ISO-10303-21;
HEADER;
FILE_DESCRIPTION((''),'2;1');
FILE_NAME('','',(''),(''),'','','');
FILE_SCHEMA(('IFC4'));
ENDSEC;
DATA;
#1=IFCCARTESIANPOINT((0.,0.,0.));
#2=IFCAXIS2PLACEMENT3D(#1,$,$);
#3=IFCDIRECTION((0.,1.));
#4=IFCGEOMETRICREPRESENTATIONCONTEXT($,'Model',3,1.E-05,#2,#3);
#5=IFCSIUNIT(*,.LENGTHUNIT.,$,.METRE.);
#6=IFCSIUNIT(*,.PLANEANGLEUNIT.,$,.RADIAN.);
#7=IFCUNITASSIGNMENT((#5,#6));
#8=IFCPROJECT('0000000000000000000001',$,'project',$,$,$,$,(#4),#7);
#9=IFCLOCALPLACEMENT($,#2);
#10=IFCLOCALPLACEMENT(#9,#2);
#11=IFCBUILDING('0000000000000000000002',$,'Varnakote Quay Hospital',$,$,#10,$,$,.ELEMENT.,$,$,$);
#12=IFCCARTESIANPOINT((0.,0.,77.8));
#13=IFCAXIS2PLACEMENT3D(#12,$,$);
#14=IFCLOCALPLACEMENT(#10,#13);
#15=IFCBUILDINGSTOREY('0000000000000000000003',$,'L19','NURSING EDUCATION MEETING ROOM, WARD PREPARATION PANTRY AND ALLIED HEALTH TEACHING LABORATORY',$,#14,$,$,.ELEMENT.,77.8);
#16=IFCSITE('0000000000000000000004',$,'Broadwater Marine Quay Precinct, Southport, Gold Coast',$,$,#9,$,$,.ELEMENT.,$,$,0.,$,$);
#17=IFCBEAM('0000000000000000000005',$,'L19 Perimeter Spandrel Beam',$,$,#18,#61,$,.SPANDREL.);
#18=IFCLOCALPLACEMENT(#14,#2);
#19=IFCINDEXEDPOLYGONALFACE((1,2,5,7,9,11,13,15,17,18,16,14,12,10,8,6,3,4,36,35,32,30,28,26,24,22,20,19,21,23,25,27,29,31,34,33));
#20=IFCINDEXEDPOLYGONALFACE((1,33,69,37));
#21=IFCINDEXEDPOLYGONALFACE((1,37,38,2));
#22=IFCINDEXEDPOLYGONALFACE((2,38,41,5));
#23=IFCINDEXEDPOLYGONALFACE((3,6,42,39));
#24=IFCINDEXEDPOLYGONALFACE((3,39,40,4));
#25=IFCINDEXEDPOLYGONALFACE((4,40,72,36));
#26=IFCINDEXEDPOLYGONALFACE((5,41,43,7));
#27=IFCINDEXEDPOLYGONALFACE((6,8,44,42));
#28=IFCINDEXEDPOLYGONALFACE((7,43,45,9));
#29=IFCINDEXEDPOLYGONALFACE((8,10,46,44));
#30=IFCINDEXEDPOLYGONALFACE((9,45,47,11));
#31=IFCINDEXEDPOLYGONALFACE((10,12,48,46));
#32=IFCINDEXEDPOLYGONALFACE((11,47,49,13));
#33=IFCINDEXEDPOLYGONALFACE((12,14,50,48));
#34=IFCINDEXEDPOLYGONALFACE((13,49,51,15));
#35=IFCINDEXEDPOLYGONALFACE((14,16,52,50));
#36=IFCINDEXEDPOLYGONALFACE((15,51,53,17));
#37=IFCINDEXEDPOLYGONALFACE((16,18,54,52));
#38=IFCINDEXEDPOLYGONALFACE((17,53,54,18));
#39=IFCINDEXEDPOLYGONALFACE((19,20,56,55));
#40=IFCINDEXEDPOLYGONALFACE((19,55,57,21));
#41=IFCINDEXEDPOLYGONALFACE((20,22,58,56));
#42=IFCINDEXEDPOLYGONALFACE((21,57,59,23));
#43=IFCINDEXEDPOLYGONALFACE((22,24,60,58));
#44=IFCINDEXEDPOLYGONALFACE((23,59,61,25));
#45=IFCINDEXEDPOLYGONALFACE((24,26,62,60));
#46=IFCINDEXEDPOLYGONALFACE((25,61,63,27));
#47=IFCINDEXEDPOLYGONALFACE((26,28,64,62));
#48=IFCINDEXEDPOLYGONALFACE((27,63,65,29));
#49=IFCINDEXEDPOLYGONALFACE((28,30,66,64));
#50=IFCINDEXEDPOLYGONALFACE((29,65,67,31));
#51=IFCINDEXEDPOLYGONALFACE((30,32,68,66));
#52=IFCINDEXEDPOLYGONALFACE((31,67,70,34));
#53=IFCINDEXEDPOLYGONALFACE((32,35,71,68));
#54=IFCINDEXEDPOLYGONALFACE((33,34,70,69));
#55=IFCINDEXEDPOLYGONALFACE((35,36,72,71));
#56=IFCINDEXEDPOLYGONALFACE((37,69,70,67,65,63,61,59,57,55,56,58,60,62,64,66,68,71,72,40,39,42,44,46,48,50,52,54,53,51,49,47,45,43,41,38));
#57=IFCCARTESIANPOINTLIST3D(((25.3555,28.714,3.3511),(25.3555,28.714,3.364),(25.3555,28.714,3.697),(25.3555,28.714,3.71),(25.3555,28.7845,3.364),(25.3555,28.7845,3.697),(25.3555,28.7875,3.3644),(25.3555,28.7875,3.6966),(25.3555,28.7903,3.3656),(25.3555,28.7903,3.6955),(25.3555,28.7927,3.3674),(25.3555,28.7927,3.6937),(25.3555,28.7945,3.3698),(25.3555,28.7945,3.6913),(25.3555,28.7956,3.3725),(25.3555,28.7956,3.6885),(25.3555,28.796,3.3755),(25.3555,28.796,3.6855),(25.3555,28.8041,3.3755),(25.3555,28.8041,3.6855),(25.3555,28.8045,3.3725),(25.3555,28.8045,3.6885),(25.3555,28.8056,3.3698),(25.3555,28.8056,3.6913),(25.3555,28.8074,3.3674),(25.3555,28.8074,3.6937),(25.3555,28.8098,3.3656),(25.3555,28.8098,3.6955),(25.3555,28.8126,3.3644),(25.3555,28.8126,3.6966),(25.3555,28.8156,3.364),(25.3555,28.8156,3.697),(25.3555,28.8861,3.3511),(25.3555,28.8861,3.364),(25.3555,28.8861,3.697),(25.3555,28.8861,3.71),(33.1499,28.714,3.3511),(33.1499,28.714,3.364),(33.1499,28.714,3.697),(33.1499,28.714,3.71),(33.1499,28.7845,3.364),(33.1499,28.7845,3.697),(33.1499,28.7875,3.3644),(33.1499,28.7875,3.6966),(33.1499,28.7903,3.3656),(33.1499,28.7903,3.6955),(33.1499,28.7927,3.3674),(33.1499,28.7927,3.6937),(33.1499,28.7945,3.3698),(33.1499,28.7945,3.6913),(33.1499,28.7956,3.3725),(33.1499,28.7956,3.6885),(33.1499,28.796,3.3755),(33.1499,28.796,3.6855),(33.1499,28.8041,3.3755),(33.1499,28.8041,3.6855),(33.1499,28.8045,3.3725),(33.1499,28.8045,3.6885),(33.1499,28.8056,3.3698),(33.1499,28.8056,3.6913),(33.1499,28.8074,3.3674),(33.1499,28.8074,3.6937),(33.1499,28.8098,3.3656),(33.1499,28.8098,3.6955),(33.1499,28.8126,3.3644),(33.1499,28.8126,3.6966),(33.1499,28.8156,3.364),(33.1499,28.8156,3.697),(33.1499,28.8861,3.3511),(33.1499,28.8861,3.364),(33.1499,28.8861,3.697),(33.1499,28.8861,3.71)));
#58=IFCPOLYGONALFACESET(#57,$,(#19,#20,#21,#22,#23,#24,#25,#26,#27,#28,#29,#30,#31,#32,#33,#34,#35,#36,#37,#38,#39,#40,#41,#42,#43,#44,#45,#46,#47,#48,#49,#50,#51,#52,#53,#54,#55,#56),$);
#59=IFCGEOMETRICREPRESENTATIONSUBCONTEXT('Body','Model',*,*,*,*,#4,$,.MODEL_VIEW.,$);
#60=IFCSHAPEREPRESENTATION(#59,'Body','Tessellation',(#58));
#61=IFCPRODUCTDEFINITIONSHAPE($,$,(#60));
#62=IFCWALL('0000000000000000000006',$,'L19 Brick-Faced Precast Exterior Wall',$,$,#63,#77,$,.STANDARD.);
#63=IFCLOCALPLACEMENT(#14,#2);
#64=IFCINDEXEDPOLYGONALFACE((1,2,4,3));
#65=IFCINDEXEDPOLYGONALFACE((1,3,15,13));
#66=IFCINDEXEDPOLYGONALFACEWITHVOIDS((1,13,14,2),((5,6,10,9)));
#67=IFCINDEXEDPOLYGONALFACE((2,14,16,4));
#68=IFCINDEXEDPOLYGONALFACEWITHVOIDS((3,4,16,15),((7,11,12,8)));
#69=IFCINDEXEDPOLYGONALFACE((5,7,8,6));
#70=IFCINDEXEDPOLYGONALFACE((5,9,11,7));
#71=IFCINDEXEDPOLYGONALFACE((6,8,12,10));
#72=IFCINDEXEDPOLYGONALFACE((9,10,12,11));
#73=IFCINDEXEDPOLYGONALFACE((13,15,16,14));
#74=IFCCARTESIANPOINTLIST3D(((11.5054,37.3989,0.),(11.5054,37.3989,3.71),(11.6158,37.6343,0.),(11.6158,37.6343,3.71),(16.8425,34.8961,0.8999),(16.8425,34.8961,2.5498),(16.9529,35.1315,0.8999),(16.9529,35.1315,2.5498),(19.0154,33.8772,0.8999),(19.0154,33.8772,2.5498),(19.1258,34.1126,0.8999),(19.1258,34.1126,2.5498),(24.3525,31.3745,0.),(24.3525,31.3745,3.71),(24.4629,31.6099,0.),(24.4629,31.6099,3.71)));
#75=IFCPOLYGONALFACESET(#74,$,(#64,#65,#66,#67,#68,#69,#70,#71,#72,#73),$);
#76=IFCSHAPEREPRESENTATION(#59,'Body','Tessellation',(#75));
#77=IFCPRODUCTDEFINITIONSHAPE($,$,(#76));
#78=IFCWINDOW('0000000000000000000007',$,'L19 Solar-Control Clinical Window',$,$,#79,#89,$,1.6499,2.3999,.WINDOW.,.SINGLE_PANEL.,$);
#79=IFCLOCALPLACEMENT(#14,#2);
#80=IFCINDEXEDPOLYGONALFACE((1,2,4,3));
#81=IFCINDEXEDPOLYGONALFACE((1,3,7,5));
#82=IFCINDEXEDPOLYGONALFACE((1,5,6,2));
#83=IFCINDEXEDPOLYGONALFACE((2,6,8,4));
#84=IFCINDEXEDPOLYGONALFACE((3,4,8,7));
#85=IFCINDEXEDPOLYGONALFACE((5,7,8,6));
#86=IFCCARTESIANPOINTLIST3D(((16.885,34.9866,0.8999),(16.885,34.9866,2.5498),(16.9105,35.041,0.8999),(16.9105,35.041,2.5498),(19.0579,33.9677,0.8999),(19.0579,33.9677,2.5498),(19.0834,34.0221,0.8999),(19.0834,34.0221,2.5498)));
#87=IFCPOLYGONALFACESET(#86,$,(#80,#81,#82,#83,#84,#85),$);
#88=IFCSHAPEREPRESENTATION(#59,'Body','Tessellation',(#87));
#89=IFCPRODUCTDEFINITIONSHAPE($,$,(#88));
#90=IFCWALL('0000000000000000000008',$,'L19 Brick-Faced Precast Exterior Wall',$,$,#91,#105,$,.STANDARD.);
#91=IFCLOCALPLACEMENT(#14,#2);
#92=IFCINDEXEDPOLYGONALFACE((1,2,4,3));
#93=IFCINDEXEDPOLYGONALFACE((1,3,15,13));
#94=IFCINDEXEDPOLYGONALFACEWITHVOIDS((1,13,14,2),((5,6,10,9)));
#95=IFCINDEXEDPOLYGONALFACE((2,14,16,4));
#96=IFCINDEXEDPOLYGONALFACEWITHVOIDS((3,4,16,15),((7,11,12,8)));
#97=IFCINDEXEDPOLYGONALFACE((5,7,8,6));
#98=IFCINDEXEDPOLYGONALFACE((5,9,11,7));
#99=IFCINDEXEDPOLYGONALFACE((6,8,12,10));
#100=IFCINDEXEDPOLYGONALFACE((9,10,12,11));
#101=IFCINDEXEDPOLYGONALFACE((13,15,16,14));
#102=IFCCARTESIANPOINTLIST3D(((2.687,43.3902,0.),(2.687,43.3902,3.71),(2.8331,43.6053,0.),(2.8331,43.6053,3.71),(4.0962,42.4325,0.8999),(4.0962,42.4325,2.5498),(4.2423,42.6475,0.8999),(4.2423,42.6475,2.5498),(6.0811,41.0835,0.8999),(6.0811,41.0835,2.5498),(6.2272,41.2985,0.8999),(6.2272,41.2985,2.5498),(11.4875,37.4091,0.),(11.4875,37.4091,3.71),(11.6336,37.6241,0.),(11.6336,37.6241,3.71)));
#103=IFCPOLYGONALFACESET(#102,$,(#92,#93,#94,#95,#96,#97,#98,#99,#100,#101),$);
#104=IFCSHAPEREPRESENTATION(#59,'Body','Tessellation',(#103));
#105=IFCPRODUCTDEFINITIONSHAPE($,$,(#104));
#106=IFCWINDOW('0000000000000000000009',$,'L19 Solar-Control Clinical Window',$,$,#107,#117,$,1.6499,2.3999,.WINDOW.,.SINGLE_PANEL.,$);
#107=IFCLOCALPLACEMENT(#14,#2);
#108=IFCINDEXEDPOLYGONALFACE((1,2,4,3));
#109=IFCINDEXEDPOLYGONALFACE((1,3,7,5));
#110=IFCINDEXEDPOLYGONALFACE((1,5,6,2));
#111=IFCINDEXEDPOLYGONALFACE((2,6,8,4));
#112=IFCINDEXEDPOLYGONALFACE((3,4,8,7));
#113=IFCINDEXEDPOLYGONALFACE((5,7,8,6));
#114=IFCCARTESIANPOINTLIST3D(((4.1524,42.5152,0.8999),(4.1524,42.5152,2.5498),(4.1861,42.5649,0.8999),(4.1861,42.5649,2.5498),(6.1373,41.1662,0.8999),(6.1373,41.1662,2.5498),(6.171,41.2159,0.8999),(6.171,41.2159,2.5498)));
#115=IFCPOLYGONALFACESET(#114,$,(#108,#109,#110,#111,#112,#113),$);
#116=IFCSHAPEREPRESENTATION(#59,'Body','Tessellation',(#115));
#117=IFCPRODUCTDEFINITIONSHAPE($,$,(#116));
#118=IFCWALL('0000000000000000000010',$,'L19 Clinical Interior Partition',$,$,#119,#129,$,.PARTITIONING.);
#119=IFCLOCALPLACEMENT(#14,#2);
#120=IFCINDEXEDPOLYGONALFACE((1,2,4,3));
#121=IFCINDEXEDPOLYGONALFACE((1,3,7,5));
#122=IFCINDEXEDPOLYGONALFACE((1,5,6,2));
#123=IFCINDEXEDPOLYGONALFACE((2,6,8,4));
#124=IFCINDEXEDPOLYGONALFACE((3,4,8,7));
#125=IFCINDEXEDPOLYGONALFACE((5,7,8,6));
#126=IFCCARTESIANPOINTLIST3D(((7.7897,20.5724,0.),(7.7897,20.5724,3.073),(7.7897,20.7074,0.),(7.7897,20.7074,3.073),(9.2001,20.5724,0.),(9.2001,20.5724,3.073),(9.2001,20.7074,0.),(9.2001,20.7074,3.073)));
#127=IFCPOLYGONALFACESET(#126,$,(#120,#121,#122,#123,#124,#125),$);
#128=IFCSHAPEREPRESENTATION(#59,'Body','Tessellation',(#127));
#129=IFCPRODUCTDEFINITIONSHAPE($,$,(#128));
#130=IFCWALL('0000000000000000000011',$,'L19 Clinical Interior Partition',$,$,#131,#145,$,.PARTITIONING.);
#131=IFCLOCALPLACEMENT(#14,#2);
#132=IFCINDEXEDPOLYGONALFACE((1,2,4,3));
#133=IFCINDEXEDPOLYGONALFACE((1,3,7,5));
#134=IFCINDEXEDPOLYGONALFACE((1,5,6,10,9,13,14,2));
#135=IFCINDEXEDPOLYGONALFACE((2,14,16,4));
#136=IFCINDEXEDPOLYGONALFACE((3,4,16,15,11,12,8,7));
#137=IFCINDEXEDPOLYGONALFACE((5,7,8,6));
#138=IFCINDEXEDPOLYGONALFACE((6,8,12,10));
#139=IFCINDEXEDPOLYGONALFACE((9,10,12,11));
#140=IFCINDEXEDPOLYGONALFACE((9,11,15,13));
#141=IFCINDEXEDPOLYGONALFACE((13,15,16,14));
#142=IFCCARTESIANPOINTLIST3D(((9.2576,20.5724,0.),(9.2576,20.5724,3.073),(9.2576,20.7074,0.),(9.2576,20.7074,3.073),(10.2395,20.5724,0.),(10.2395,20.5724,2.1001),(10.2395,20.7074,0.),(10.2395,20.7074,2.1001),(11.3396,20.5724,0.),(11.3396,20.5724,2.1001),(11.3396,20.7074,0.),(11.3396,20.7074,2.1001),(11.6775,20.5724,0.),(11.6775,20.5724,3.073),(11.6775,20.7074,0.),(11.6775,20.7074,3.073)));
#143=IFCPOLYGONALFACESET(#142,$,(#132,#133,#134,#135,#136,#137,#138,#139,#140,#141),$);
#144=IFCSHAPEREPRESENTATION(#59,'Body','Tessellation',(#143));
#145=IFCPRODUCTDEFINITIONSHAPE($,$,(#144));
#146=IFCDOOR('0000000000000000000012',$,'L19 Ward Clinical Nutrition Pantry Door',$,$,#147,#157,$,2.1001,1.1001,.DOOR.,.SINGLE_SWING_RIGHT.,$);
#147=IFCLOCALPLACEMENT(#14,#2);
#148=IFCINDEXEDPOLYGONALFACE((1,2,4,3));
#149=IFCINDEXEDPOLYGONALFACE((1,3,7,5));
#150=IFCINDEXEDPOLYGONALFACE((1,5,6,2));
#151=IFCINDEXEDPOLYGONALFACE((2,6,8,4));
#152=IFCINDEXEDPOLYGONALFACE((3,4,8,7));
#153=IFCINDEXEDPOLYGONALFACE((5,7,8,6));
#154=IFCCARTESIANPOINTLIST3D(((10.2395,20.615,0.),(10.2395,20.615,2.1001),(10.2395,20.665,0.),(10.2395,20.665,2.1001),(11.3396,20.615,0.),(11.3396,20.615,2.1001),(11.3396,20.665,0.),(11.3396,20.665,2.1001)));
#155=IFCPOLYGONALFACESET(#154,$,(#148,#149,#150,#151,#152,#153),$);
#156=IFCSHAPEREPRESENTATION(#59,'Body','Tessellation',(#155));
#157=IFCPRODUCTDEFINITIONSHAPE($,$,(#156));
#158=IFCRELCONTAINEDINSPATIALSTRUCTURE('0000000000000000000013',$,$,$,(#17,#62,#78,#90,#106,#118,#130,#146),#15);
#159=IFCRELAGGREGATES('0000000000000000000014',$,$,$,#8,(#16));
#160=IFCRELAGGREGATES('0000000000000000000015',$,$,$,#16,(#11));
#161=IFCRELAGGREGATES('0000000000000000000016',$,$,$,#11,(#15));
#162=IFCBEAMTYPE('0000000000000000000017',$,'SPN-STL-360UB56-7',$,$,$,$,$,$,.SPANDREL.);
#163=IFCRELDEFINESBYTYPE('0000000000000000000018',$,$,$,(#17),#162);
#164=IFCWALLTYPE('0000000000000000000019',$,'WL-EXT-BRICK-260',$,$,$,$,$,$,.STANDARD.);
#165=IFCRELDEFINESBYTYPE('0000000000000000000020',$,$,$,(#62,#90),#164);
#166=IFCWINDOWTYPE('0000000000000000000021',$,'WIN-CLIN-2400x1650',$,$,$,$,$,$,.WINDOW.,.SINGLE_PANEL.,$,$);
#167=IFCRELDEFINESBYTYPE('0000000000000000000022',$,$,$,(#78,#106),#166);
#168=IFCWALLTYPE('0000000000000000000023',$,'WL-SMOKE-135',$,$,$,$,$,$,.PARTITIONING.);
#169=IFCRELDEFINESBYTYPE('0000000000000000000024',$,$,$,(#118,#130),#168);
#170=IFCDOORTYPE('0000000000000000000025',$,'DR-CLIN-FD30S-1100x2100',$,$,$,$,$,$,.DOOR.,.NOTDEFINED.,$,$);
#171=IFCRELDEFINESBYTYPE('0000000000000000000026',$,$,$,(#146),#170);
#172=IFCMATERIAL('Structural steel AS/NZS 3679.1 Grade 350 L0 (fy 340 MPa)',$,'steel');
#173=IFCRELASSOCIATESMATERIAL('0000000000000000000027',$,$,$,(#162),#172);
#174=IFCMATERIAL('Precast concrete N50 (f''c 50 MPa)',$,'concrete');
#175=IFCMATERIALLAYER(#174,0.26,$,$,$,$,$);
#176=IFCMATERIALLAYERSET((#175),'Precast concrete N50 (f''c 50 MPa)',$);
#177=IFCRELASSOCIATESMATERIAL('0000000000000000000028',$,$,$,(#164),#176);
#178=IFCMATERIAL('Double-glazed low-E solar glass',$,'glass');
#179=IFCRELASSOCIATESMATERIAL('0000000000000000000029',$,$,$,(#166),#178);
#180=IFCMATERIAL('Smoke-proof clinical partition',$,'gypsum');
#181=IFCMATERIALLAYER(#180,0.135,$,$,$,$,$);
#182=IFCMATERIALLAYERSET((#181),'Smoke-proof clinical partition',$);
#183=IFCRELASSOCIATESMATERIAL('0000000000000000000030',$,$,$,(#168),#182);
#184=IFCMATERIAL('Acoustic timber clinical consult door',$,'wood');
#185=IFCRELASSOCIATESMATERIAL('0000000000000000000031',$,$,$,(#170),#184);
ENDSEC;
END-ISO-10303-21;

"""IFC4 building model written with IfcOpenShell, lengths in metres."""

from ifc_helpers import new_model, si_unit, direction, frame, frame_2d, origin, origin_2d, place, context, subcontext, project, spatial, rectangle, i_section, extrude, material, layer, layer_set, material_profile, profile_set, type_object, element, fill, save


model = new_model("IFC4")

# Units and contexts
model_context = context("Model", 3, precision=1e-05, world=origin(), true_north=direction((0.0, 1.0)))
body_context = subcontext(model_context, "Body", "Model", "MODEL_VIEW")
ifc_project = project(units=[si_unit("LENGTHUNIT", "METRE"), si_unit("PLANEANGLEUNIT", "RADIAN")], contexts=[model_context])

# Site, building, storey
site_placement = place(None, origin())
site = spatial("IfcSite", under=ifc_project, at=site_placement, Name="Broadwater Marine Quay Precinct, Southport, Gold Coast", CompositionType="ELEMENT", RefElevation=0.0)
building_placement = place(site_placement, origin())
building = spatial("IfcBuilding", under=site, at=building_placement, Name="Varnakote Quay Hospital", CompositionType="ELEMENT")
storey_placement = place(building_placement, frame((0.0, 0.0, 77.8)))
storey = spatial("IfcBuildingStorey", under=building, at=storey_placement, Name="L19", Description="NURSING EDUCATION MEETING ROOM, WARD PREPARATION PANTRY AND ALLIED HEALTH TEACHING LABORATORY", CompositionType="ELEMENT", Elevation=77.8)

# Beam
ifc_material_1 = material(Name="Structural steel AS/NZS 3679.1 Grade 350 L0 (fy 340 MPa)", Category="steel")
ifc_material_profile_1 = material_profile(ifc_material_1, i_section(OverallWidth=0.1721, OverallDepth=0.3589, WebThickness=0.0081, FlangeThickness=0.0129, FilletRadius=0.0115, at=origin_2d()), Name="360UB56.7")
ifc_profile_set_1 = profile_set([ifc_material_profile_1], Name="Structural steel AS/NZS 3679.1 Grade 350 L0 (fy 340 MPa)")
beam_type_1 = type_object("IfcBeamType", Name="SPN-STL-360UB56-7", PredefinedType="SPANDREL", material=ifc_profile_set_1)
beam_1_placement = place(storey_placement, frame((25.3555, 28.8, 3.5305), z_axis=(1.0, 0.0, 0.0), x_axis=(0.0, 1.0, 0.0)))
element("IfcBeam", 1, at=beam_1_placement, inside=storey, type_object=beam_type_1, Name="L19 Perimeter Spandrel Beam", PredefinedType="SPANDREL", context=body_context, shape_type="SweptSolid", body=[
    extrude(i_section(OverallWidth=0.1721, OverallDepth=0.3589, WebThickness=0.0081, FlangeThickness=0.0129, FilletRadius=0.0115, at=origin_2d()), origin(), (0.0, 0.0, 1.0), 7.7944),
])

# Walls, openings, windows
ifc_material_2 = material(Name="Precast concrete N50 (f'c 50 MPa)", Category="concrete")
ifc_layer_1 = layer(ifc_material_2, 0.26)
ifc_layer_set_1 = layer_set([ifc_layer_1], Name="Precast concrete N50 (f'c 50 MPa)")
wall_type_1 = type_object("IfcWallType", Name="WL-EXT-BRICK-260", PredefinedType="STANDARD", material=ifc_layer_set_1)
wall_1_placement = place(storey_placement, frame((24.4077, 31.4922, 0.0), z_axis=(0.0, 0.0, 1.0), x_axis=(-0.905397, 0.424567, 0.0)))
wall_1 = element("IfcWall", 2, at=wall_1_placement, inside=storey, type_object=wall_type_1, Name="L19 Brick-Faced Precast Exterior Wall", PredefinedType="STANDARD", context=body_context, shape_type="SweptSolid", body=[
    extrude(rectangle(XDim=14.1895, YDim=0.26, at=frame_2d((7.0947, 0.0))), origin(), (0.0, 0.0, 1.0), 3.71),
])
opening_1_placement = place(wall_1_placement, frame((5.8948, 0.0, 0.8999)))
opening_1 = element("IfcOpeningElement", 3, at=opening_1_placement, cuts=wall_1, PredefinedType="OPENING", context=body_context, shape_type="SweptSolid", body=[
    extrude(rectangle(XDim=2.3999, YDim=1.6499, at=frame_2d((1.2, 0.825))), frame((0.0, 0.1399, 0.0), z_axis=(0.0, -1.0, 0.0), x_axis=(1.0, 0.0, 0.0)), (0.0, 0.0, 1.0), 0.28),
])
ifc_material_3 = material(Name="Double-glazed low-E solar glass", Category="glass")
window_type = type_object("IfcWindowType", Name="WIN-CLIN-2400x1650", PartitioningType="SINGLE_PANEL", PredefinedType="WINDOW", material=ifc_material_3)
window_1_placement = place(opening_1_placement, origin())
window_1 = element("IfcWindow", 4, at=window_1_placement, inside=storey, type_object=window_type, Name="L19 Solar-Control Clinical Window", OverallHeight=1.6499, OverallWidth=2.3999, PartitioningType="SINGLE_PANEL", PredefinedType="WINDOW", context=body_context, shape_type="SweptSolid", body=[
    extrude(rectangle(XDim=2.3999, YDim=1.6499, at=frame_2d((1.2, 0.825))), frame((0.0, 0.03, 0.0), z_axis=(0.0, -1.0, 0.0), x_axis=(1.0, 0.0, 0.0)), (0.0, 0.0, 1.0), 0.0601),
])
fill(opening_1, window_1)
wall_2_placement = place(storey_placement, frame((11.5605, 37.5166, 0.0), z_axis=(0.0, 0.0, 1.0), x_axis=(-0.827065, 0.562107, 0.0)))
wall_2 = element("IfcWall", 5, at=wall_2_placement, inside=storey, type_object=wall_type_1, Name="L19 Brick-Faced Precast Exterior Wall", PredefinedType="STANDARD", context=body_context, shape_type="SweptSolid", body=[
    extrude(rectangle(XDim=10.6406, YDim=0.26, at=frame_2d((5.3203, 0.0))), origin(), (0.0, 0.0, 1.0), 3.71),
])
opening_2_placement = place(wall_2_placement, frame((6.5369, 0.0, 0.8999)))
opening_2 = element("IfcOpeningElement", 6, at=opening_2_placement, cuts=wall_2, PredefinedType="OPENING", context=body_context, shape_type="SweptSolid", body=[
    extrude(rectangle(XDim=2.3999, YDim=1.6499, at=frame_2d((1.2, 0.825))), frame((0.0, 0.1399, 0.0), z_axis=(0.0, -1.0, 0.0), x_axis=(1.0, 0.0, 0.0)), (0.0, 0.0, 1.0), 0.28),
])
window_2_placement = place(opening_2_placement, origin())
window_2 = element("IfcWindow", 7, at=window_2_placement, inside=storey, type_object=window_type, Name="L19 Solar-Control Clinical Window", OverallHeight=1.6499, OverallWidth=2.3999, PartitioningType="SINGLE_PANEL", PredefinedType="WINDOW", context=body_context, shape_type="SweptSolid", body=[
    extrude(rectangle(XDim=2.3999, YDim=1.6499, at=frame_2d((1.2, 0.825))), frame((0.0, 0.03, 0.0), z_axis=(0.0, -1.0, 0.0), x_axis=(1.0, 0.0, 0.0)), (0.0, 0.0, 1.0), 0.0601),
])
fill(opening_2, window_2)

# Wall
ifc_material_4 = material(Name="Smoke-proof clinical partition", Category="gypsum")
ifc_layer_2 = layer(ifc_material_4, 0.135)
ifc_layer_set_2 = layer_set([ifc_layer_2], Name="Smoke-proof clinical partition")
wall_type_2 = type_object("IfcWallType", Name="WL-SMOKE-135", PredefinedType="PARTITIONING", material=ifc_layer_set_2)
wall_3_placement = place(storey_placement, frame((9.2, 20.6399, 0.0), z_axis=(0.0, 0.0, 1.0), x_axis=(-1.0, 0.0, 0.0)))
element("IfcWall", 8, at=wall_3_placement, inside=storey, type_object=wall_type_2, Name="L19 Clinical Interior Partition", PredefinedType="PARTITIONING", context=body_context, shape_type="SweptSolid", body=[
    extrude(rectangle(XDim=1.4104, YDim=0.135, at=frame_2d((0.7051, 0.0))), origin(), (0.0, 0.0, 1.0), 3.073),
])

# Wall, opening, door
wall_4_placement = place(storey_placement, frame((11.6775, 20.6399, 0.0), z_axis=(0.0, 0.0, 1.0), x_axis=(-1.0, 0.0, 0.0)))
wall_4 = element("IfcWall", 9, at=wall_4_placement, inside=storey, type_object=wall_type_2, Name="L19 Clinical Interior Partition", PredefinedType="PARTITIONING", context=body_context, shape_type="SweptSolid", body=[
    extrude(rectangle(XDim=2.4199, YDim=0.135, at=frame_2d((1.21, 0.0))), origin(), (0.0, 0.0, 1.0), 3.073),
])
opening_3_placement = place(wall_4_placement, frame((0.3379, 0.0, 0.0)))
opening_3 = element("IfcOpeningElement", 10, at=opening_3_placement, cuts=wall_4, PredefinedType="OPENING", context=body_context, shape_type="SweptSolid", body=[
    extrude(rectangle(XDim=1.1001, YDim=2.1001, at=frame_2d((0.55, 1.05))), frame((0.0, 0.0774, 0.0), z_axis=(0.0, -1.0, 0.0), x_axis=(1.0, 0.0, 0.0)), (0.0, 0.0, 1.0), 0.155),
])
ifc_material_5 = material(Name="Acoustic timber clinical consult door", Category="wood")
door_type = type_object("IfcDoorType", Name="DR-CLIN-FD30S-1100x2100", OperationType="NOTDEFINED", PredefinedType="DOOR", material=ifc_material_5)
door_1_placement = place(opening_3_placement, origin())
door_1 = element("IfcDoor", 11, at=door_1_placement, inside=storey, type_object=door_type, Name="L19 Ward Clinical Nutrition Pantry Door", OperationType="SINGLE_SWING_RIGHT", OverallHeight=2.1001, OverallWidth=1.1001, PredefinedType="DOOR", context=body_context, shape_type="SweptSolid", body=[
    extrude(rectangle(XDim=1.1001, YDim=2.1001, at=frame_2d((0.55, 1.05))), frame((0.0, 0.0249, 0.0), z_axis=(0.0, -1.0, 0.0), x_axis=(1.0, 0.0, 0.0)), (0.0, 0.0, 1.0), 0.05),
])
fill(opening_3, door_1)

save(model, "model.ifc")
